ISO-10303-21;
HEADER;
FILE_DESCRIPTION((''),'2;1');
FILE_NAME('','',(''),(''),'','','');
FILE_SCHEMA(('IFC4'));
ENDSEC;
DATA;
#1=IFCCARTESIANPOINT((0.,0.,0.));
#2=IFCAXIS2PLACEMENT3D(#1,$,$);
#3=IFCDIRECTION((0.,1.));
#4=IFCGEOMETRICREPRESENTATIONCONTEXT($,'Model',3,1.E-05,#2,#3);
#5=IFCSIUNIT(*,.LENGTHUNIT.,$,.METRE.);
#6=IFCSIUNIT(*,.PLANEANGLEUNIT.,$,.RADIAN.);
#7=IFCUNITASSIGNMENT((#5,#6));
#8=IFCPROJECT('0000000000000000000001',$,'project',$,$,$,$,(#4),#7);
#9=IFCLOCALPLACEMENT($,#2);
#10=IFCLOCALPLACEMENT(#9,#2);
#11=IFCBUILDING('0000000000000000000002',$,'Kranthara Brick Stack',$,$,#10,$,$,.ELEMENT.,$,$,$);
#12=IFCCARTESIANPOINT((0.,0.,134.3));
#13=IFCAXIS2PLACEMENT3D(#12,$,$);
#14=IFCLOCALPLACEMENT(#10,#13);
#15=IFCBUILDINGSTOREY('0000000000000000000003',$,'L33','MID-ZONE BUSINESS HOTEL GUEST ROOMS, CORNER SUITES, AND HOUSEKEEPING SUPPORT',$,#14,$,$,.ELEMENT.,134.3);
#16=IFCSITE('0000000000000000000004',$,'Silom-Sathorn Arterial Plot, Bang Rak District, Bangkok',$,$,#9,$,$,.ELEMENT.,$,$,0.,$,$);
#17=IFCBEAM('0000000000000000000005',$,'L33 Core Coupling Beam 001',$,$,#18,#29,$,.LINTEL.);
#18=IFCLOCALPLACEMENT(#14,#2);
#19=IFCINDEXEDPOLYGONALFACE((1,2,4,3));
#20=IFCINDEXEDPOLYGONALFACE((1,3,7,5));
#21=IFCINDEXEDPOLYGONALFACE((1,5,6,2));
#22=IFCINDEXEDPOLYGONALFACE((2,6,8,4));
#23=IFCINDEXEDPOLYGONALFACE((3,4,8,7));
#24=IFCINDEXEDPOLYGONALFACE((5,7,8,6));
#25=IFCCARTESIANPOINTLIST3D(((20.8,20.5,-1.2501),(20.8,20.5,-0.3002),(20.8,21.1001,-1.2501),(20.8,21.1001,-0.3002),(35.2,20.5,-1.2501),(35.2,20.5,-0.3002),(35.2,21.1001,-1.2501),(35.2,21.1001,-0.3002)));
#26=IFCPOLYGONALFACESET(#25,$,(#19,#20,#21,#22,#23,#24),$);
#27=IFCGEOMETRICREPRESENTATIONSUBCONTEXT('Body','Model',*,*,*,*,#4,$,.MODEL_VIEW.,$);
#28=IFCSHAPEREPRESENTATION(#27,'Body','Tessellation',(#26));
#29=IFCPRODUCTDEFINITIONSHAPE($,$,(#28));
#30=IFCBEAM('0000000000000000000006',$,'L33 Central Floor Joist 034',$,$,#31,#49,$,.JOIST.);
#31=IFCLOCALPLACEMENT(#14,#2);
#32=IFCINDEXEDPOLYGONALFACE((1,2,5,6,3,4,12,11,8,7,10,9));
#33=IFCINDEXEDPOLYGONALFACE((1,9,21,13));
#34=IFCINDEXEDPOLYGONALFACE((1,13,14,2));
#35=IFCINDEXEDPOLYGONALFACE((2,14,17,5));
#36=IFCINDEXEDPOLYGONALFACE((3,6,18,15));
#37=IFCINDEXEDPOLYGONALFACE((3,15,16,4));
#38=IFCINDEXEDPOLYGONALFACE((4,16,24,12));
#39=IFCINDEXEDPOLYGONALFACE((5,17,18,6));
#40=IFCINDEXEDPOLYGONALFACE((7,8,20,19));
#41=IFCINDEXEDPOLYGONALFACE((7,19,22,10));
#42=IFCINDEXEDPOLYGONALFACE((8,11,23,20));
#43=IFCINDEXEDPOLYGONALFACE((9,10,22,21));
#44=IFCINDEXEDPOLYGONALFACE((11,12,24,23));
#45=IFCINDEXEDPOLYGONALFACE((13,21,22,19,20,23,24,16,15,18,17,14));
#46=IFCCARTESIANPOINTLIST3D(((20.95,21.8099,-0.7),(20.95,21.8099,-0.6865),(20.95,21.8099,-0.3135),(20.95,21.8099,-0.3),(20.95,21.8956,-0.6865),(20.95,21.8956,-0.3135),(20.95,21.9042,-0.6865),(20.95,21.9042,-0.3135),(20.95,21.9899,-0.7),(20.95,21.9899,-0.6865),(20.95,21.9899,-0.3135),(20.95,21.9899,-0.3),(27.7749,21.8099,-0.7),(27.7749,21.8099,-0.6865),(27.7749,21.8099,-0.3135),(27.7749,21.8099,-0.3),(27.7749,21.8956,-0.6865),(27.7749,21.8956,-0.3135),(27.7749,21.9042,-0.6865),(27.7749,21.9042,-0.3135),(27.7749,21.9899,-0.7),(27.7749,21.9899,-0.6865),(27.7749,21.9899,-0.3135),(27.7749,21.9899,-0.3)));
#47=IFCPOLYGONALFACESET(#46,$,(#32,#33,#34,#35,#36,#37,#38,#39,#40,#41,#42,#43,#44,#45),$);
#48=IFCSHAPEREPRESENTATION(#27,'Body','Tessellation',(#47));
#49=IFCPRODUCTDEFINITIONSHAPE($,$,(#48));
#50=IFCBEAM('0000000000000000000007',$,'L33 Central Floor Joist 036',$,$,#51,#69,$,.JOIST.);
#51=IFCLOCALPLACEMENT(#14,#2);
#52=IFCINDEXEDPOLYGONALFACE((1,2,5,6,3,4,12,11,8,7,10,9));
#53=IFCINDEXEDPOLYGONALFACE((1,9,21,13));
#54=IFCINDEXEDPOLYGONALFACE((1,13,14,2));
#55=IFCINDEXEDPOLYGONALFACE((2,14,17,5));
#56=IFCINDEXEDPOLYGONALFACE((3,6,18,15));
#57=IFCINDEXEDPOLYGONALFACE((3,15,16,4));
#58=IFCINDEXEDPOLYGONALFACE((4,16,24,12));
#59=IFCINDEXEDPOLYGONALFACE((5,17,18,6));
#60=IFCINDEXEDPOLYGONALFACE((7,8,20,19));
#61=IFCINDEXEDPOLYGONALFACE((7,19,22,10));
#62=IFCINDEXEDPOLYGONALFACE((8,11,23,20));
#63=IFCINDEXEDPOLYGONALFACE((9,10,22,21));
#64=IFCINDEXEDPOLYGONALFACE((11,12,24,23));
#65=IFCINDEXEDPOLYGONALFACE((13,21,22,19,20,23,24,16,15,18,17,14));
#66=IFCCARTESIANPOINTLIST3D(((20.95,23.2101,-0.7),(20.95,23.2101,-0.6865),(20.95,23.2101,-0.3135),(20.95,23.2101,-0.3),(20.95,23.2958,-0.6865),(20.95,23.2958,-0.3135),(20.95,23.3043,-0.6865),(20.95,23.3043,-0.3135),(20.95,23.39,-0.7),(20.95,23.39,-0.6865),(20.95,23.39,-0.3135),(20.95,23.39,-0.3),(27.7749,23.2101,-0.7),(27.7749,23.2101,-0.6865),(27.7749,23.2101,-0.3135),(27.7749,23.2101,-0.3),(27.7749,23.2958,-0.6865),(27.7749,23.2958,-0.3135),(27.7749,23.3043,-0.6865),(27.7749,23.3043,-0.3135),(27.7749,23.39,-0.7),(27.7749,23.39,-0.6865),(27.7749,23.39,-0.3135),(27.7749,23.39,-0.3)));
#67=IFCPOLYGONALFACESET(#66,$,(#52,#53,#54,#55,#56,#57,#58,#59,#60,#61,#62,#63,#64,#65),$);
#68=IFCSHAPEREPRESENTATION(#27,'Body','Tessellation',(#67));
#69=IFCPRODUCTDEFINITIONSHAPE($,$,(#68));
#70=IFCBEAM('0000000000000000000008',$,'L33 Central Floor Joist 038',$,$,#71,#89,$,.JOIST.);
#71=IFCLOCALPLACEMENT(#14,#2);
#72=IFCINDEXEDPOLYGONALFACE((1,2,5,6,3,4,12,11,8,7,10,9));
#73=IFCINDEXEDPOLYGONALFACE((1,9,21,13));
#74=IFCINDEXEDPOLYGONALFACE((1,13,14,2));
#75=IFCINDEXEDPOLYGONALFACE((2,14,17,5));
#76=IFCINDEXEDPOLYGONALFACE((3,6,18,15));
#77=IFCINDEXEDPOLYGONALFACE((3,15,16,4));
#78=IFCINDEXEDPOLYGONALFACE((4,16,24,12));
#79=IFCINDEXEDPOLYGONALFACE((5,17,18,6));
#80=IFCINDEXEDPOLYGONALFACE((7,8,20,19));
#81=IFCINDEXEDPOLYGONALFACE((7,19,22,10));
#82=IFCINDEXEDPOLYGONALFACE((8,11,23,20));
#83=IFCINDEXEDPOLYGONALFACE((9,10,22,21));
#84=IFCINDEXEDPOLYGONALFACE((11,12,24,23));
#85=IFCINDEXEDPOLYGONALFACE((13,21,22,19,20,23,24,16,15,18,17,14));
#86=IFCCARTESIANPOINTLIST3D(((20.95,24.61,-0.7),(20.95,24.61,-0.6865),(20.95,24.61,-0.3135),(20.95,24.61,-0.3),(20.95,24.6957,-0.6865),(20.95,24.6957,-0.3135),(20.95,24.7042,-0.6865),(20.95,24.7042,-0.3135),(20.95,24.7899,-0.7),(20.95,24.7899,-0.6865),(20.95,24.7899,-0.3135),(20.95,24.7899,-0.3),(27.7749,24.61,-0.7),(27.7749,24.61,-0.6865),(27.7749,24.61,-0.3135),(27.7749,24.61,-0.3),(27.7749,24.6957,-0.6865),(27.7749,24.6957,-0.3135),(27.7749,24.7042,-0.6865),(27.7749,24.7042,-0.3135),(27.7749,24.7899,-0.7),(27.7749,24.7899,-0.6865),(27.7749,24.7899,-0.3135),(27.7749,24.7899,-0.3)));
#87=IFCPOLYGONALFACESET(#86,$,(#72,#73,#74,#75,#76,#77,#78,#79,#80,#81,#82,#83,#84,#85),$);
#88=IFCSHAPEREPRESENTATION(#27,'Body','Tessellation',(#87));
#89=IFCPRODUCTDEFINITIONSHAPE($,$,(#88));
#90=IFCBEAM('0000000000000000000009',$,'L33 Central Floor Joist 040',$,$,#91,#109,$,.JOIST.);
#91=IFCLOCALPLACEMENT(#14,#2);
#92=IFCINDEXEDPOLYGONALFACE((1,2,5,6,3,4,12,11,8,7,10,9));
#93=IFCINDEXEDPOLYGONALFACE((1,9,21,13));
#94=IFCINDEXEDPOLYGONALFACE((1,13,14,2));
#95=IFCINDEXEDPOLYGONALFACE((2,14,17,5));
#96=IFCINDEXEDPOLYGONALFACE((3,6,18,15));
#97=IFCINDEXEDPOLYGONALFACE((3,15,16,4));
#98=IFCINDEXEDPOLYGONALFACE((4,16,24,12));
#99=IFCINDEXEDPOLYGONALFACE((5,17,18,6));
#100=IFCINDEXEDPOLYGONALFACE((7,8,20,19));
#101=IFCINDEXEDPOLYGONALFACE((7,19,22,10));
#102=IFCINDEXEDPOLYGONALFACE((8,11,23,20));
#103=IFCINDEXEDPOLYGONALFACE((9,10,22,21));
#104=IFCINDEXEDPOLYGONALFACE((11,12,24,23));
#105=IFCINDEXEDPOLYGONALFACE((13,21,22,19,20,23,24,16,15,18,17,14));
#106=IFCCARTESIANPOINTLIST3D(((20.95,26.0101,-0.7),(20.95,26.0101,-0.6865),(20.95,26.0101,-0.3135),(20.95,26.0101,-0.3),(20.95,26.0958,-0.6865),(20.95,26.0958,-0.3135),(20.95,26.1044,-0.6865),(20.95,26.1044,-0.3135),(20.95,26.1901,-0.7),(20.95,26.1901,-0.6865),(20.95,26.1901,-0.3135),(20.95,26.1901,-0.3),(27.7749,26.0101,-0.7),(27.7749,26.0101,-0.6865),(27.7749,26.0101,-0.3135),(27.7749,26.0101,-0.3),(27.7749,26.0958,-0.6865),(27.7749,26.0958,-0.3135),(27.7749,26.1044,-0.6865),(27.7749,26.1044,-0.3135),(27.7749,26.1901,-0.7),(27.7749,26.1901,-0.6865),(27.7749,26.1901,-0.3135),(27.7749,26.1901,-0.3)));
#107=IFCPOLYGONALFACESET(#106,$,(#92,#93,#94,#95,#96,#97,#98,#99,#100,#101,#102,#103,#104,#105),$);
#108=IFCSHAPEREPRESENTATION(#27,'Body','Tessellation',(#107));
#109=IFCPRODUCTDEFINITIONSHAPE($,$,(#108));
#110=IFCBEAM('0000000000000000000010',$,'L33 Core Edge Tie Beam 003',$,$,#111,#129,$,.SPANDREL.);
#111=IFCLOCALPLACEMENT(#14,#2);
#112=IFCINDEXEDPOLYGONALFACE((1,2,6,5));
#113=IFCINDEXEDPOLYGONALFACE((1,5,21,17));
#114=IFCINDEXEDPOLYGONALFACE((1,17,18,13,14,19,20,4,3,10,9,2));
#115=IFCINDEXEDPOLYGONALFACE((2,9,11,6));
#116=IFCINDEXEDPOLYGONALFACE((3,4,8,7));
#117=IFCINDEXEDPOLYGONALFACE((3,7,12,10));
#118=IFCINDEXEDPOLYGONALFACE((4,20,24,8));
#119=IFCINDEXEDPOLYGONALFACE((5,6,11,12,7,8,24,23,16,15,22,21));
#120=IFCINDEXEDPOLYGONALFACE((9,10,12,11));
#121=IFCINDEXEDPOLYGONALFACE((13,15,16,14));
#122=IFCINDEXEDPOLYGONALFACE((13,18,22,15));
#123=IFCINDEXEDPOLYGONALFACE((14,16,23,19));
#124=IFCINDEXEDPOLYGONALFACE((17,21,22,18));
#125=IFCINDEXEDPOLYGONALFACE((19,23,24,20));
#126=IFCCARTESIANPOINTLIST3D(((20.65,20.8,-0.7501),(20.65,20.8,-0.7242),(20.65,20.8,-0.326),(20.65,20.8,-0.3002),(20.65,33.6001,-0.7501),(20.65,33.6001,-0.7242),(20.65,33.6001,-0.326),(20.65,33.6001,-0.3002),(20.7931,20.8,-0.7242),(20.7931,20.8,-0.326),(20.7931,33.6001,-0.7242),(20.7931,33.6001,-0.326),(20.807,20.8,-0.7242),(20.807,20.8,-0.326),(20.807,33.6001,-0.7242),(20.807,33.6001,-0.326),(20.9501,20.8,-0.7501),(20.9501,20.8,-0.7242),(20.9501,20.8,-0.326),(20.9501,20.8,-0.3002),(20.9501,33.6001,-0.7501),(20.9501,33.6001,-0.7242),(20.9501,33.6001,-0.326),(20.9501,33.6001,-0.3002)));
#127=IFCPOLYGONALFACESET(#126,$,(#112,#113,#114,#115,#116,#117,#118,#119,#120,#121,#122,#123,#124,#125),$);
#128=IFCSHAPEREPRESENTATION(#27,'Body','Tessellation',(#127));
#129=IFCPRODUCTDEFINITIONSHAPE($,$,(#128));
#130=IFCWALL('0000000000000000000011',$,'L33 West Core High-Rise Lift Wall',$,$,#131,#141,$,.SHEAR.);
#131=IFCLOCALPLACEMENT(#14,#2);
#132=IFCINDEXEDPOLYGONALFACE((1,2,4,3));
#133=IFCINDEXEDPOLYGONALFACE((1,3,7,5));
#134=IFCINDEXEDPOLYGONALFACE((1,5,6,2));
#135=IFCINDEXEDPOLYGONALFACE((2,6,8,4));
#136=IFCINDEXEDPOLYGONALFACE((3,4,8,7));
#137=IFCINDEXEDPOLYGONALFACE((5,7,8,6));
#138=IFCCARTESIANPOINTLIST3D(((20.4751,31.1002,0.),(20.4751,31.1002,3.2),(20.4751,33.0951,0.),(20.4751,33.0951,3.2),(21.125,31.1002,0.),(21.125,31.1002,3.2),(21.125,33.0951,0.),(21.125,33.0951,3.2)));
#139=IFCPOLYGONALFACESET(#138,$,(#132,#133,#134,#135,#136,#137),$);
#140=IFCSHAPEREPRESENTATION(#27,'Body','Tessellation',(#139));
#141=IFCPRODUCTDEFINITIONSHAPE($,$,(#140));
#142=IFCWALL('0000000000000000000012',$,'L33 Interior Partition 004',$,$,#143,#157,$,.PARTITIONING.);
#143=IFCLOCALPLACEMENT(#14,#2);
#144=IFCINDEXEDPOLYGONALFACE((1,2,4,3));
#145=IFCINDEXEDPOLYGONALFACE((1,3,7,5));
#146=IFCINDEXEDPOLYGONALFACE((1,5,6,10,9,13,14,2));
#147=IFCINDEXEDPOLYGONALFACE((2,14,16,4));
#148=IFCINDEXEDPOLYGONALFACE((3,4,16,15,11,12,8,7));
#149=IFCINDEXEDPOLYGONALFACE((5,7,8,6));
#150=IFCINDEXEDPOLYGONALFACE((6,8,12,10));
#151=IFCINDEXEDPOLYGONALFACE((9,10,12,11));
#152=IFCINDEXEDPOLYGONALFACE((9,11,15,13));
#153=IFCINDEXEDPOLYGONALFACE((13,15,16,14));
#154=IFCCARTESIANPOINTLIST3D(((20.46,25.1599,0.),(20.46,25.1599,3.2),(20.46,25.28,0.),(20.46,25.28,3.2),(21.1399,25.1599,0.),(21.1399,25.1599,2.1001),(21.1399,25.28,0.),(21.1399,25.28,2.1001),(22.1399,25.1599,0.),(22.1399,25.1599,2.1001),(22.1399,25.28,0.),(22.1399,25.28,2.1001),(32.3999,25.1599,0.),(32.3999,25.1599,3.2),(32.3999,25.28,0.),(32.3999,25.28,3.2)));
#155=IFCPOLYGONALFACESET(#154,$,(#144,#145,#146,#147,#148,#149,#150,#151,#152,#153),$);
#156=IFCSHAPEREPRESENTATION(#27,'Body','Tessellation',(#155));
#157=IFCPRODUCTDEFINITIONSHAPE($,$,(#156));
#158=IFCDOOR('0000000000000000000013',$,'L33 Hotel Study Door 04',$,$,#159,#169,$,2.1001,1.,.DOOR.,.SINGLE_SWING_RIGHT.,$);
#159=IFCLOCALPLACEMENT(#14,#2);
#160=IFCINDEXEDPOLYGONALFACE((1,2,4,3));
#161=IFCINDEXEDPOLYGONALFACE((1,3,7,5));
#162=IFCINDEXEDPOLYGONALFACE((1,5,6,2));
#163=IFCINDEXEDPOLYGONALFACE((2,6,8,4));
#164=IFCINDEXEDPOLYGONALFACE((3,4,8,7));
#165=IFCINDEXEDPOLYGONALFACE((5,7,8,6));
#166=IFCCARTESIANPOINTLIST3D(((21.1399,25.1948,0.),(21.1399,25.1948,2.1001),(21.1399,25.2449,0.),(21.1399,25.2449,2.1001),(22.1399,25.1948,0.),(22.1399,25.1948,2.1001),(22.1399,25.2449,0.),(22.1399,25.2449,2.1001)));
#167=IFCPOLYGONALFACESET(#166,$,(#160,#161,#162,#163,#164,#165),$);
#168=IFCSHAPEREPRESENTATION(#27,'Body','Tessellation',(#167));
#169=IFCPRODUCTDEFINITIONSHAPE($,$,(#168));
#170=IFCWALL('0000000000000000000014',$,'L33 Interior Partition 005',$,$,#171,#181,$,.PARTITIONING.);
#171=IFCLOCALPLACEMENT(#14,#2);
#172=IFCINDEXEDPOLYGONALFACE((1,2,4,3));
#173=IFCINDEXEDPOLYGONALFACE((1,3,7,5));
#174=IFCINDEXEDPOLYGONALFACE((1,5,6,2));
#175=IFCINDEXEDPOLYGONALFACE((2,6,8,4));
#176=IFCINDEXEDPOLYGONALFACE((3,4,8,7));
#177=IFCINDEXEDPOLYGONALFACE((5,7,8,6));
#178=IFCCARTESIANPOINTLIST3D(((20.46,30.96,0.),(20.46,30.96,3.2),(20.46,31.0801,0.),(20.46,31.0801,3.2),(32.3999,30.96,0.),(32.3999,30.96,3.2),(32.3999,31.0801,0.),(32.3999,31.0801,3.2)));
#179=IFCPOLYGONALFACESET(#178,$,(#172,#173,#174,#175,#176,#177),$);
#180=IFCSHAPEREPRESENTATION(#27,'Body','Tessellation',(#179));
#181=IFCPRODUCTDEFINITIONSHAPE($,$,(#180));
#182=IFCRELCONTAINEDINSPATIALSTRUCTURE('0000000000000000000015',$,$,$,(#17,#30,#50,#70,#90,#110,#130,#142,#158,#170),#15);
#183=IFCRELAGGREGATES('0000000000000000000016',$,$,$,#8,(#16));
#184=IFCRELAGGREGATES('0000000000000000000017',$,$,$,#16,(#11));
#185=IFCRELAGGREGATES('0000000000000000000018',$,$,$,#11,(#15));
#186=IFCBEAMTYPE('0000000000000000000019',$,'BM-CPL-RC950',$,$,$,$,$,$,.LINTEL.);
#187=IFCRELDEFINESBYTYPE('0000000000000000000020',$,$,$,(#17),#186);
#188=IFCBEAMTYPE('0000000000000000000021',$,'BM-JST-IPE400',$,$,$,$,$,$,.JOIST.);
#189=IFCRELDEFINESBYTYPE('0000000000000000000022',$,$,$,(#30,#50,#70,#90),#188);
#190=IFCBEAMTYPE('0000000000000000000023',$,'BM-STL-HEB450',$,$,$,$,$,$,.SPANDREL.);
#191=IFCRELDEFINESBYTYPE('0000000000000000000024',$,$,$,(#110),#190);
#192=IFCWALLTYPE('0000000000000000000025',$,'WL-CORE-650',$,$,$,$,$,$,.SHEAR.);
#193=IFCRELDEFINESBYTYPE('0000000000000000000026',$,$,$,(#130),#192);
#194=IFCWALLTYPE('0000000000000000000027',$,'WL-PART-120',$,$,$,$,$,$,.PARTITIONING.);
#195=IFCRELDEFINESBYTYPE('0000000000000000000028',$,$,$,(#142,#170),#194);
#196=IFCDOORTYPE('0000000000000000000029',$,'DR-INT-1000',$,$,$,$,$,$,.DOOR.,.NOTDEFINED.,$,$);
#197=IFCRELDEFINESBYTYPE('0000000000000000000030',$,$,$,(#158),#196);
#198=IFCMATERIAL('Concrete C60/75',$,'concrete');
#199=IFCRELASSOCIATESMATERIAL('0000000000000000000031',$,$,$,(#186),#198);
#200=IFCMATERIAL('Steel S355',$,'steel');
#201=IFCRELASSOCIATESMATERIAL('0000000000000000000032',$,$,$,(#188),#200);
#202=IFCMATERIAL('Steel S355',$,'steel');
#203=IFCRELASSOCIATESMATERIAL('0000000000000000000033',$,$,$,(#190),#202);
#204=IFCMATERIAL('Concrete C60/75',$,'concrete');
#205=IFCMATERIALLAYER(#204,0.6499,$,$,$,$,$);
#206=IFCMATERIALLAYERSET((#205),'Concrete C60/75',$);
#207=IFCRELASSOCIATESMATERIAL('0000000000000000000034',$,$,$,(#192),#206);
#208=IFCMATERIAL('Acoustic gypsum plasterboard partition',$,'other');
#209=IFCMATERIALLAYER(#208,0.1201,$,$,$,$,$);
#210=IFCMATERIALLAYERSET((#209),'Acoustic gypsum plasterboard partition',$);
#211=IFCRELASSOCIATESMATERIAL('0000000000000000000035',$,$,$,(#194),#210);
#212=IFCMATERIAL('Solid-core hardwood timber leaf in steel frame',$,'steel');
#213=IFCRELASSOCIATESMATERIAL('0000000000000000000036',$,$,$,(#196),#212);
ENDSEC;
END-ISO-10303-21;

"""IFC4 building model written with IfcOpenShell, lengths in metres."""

from ifc_helpers import new_model, si_unit, direction, frame, frame_2d, origin, origin_2d, place, context, subcontext, project, spatial, rectangle, i_section, extrude, material, layer, layer_set, material_profile, profile_set, type_object, element, fill, save


model = new_model("IFC4")

# Units and contexts
model_context = context("Model", 3, precision=1e-05, world=origin(), true_north=direction((0.0, 1.0)))
body_context = subcontext(model_context, "Body", "Model", "MODEL_VIEW")
ifc_project = project(units=[si_unit("LENGTHUNIT", "METRE"), si_unit("PLANEANGLEUNIT", "RADIAN")], contexts=[model_context])

# Site, building, storey
site_placement = place(None, origin())
site = spatial("IfcSite", under=ifc_project, at=site_placement, Name="Silom-Sathorn Arterial Plot, Bang Rak District, Bangkok", CompositionType="ELEMENT", RefElevation=0.0)
building_placement = place(site_placement, origin())
building = spatial("IfcBuilding", under=site, at=building_placement, Name="Kranthara Brick Stack", CompositionType="ELEMENT")
storey_placement = place(building_placement, frame((0.0, 0.0, 134.3)))
storey = spatial("IfcBuildingStorey", under=building, at=storey_placement, Name="L33", Description="MID-ZONE BUSINESS HOTEL GUEST ROOMS, CORNER SUITES, AND HOUSEKEEPING SUPPORT", CompositionType="ELEMENT", Elevation=134.3)

# Beams
ifc_material_1 = material(Name="Concrete C60/75", Category="concrete")
ifc_material_profile_1 = material_profile(ifc_material_1, rectangle(XDim=0.6001, YDim=0.95, at=origin_2d()), Name="RC 600x950")
ifc_profile_set_1 = profile_set([ifc_material_profile_1], Name="Concrete C60/75")
beam_type_1 = type_object("IfcBeamType", Name="BM-CPL-RC950", PredefinedType="LINTEL", material=ifc_profile_set_1)
beam_1_placement = place(storey_placement, frame((20.8, 20.8, -0.7751), z_axis=(1.0, 0.0, 0.0), x_axis=(0.0, 1.0, 0.0)))
element("IfcBeam", 1, at=beam_1_placement, inside=storey, type_object=beam_type_1, Name="L33 Core Coupling Beam 001", PredefinedType="LINTEL", context=body_context, shape_type="SweptSolid", body=[
    extrude(rectangle(XDim=0.6001, YDim=0.95, at=origin_2d()), origin(), (0.0, 0.0, 1.0), 14.3999),
])
ifc_material_2 = material(Name="Steel S355", Category="steel")
ifc_material_profile_2 = material_profile(ifc_material_2, i_section(OverallWidth=0.1799, OverallDepth=0.3999, WebThickness=0.0085, FlangeThickness=0.0134, at=origin_2d()), Name="IPE 400")
ifc_profile_set_2 = profile_set([ifc_material_profile_2], Name="Steel S355")
beam_type_2 = type_object("IfcBeamType", Name="BM-JST-IPE400", PredefinedType="JOIST", material=ifc_profile_set_2)
for number, where, z_axis, x_axis, name in (
    (2, (20.95, 21.8999, -0.5), (1.0, 0.0, 0.0), (0.0, 1.0, 0.0), "L33 Central Floor Joist 034"),
    (3, (20.95, 23.3, -0.5), (1.0, 0.0, 0.0), (0.0, 1.0, 0.0), "L33 Central Floor Joist 036"),
    (4, (20.95, 24.7, -0.5), (1.0, 0.0, 0.0), (0.0, 1.0, 0.0), "L33 Central Floor Joist 038"),
    (5, (20.95, 26.1001, -0.5), (1.0, 0.0, 0.0), (0.0, 1.0, 0.0), "L33 Central Floor Joist 040"),
):
    element("IfcBeam", number, at=place(storey_placement, frame(where, z_axis=z_axis, x_axis=x_axis)), inside=storey, type_object=beam_type_2, Name=name, PredefinedType="JOIST", context=body_context, shape_type="SweptSolid", body=[
        extrude(i_section(OverallWidth=0.1799, OverallDepth=0.3999, WebThickness=0.0085, FlangeThickness=0.0134, at=origin_2d()), origin(), (0.0, 0.0, 1.0), 6.825),
    ])
ifc_material_3 = material(Name="Steel S355", Category="steel")
ifc_material_profile_3 = material_profile(ifc_material_3, i_section(OverallWidth=0.3, OverallDepth=0.45, WebThickness=0.0139, FlangeThickness=0.0259, at=origin_2d()), Name="HEB 450")
ifc_profile_set_3 = profile_set([ifc_material_profile_3], Name="Steel S355")
beam_type_3 = type_object("IfcBeamType", Name="BM-STL-HEB450", PredefinedType="SPANDREL", material=ifc_profile_set_3)
beam_2_placement = place(storey_placement, frame((20.8, 20.8, -0.5251), z_axis=(0.0, 1.0, 0.0), x_axis=(-1.0, 0.0, 0.0)))
element("IfcBeam", 6, at=beam_2_placement, inside=storey, type_object=beam_type_3, Name="L33 Core Edge Tie Beam 003", PredefinedType="SPANDREL", context=body_context, shape_type="SweptSolid", body=[
    extrude(i_section(OverallWidth=0.3, OverallDepth=0.45, WebThickness=0.0139, FlangeThickness=0.0259, at=origin_2d()), origin(), (0.0, 0.0, 1.0), 12.8),
])

# Shared definitions
ifc_material_4 = material(Name="Concrete C60/75", Category="concrete")
ifc_layer_1 = layer(ifc_material_4, 0.6499)
ifc_layer_set_1 = layer_set([ifc_layer_1], Name="Concrete C60/75")
wall_type_1 = type_object("IfcWallType", Name="WL-CORE-650", PredefinedType="SHEAR", material=ifc_layer_set_1)

# Wall
wall_1_placement = place(storey_placement, frame((20.8, 31.1001, 0.0), z_axis=(0.0, 0.0, 1.0), x_axis=(0.0, 1.0, 0.0)))
element("IfcWall", 7, at=wall_1_placement, inside=storey, type_object=wall_type_1, Name="L33 West Core High-Rise Lift Wall", PredefinedType="SHEAR", context=body_context, shape_type="SweptSolid", body=[
    extrude(rectangle(XDim=1.9949, YDim=0.6499, at=frame_2d((0.9976, 0.0))), origin(), (0.0, 0.0, 1.0), 3.2),
])

# Wall, opening, door
ifc_material_5 = material(Name="Acoustic gypsum plasterboard partition", Category="other")
ifc_layer_2 = layer(ifc_material_5, 0.1201)
ifc_layer_set_2 = layer_set([ifc_layer_2], Name="Acoustic gypsum plasterboard partition")
wall_type_2 = type_object("IfcWallType", Name="WL-PART-120", PredefinedType="PARTITIONING", material=ifc_layer_set_2)
wall_2_placement = place(storey_placement, frame((20.46, 25.22, 0.0), z_axis=(0.0, 0.0, 1.0), x_axis=(1.0, 0.0, 0.0)))
wall_2 = element("IfcWall", 8, at=wall_2_placement, inside=storey, type_object=wall_type_2, Name="L33 Interior Partition 004", PredefinedType="PARTITIONING", context=body_context, shape_type="SweptSolid", body=[
    extrude(rectangle(XDim=11.9399, YDim=0.1201, at=frame_2d((5.97, 0.0))), origin(), (0.0, 0.0, 1.0), 3.2),
])
opening_1_placement = place(wall_2_placement, frame((0.6799, 0.0, 0.0)))
opening_1 = element("IfcOpeningElement", 9, at=opening_1_placement, cuts=wall_2, PredefinedType="OPENING", context=body_context, shape_type="SweptSolid", body=[
    extrude(rectangle(XDim=1.0, YDim=2.1001, at=frame_2d((0.5, 1.05))), frame((0.0, 0.0701, 0.0), z_axis=(0.0, -1.0, 0.0), x_axis=(1.0, 0.0, 0.0)), (0.0, 0.0, 1.0), 0.1401),
])
ifc_material_6 = material(Name="Solid-core hardwood timber leaf in steel frame", Category="steel")
door_type_1 = type_object("IfcDoorType", Name="DR-INT-1000", OperationType="NOTDEFINED", PredefinedType="DOOR", material=ifc_material_6)
door_1_placement = place(opening_1_placement, origin())
door_1 = element("IfcDoor", 10, at=door_1_placement, inside=storey, type_object=door_type_1, Name="L33 Hotel Study Door 04", OperationType="SINGLE_SWING_RIGHT", OverallHeight=2.1001, OverallWidth=1.0, PredefinedType="DOOR", context=body_context, shape_type="SweptSolid", body=[
    extrude(rectangle(XDim=1.0, YDim=2.1001, at=frame_2d((0.5, 1.05))), frame((0.0, 0.0249, 0.0), z_axis=(0.0, -1.0, 0.0), x_axis=(1.0, 0.0, 0.0)), (0.0, 0.0, 1.0), 0.05),
])
fill(opening_1, door_1)

# Wall
wall_3_placement = place(storey_placement, frame((20.46, 31.02, 0.0), z_axis=(0.0, 0.0, 1.0), x_axis=(1.0, 0.0, 0.0)))
element("IfcWall", 11, at=wall_3_placement, inside=storey, type_object=wall_type_2, Name="L33 Interior Partition 005", PredefinedType="PARTITIONING", context=body_context, shape_type="SweptSolid", body=[
    extrude(rectangle(XDim=11.9399, YDim=0.1201, at=frame_2d((5.97, 0.0))), origin(), (0.0, 0.0, 1.0), 3.2),
])

save(model, "model.ifc")
